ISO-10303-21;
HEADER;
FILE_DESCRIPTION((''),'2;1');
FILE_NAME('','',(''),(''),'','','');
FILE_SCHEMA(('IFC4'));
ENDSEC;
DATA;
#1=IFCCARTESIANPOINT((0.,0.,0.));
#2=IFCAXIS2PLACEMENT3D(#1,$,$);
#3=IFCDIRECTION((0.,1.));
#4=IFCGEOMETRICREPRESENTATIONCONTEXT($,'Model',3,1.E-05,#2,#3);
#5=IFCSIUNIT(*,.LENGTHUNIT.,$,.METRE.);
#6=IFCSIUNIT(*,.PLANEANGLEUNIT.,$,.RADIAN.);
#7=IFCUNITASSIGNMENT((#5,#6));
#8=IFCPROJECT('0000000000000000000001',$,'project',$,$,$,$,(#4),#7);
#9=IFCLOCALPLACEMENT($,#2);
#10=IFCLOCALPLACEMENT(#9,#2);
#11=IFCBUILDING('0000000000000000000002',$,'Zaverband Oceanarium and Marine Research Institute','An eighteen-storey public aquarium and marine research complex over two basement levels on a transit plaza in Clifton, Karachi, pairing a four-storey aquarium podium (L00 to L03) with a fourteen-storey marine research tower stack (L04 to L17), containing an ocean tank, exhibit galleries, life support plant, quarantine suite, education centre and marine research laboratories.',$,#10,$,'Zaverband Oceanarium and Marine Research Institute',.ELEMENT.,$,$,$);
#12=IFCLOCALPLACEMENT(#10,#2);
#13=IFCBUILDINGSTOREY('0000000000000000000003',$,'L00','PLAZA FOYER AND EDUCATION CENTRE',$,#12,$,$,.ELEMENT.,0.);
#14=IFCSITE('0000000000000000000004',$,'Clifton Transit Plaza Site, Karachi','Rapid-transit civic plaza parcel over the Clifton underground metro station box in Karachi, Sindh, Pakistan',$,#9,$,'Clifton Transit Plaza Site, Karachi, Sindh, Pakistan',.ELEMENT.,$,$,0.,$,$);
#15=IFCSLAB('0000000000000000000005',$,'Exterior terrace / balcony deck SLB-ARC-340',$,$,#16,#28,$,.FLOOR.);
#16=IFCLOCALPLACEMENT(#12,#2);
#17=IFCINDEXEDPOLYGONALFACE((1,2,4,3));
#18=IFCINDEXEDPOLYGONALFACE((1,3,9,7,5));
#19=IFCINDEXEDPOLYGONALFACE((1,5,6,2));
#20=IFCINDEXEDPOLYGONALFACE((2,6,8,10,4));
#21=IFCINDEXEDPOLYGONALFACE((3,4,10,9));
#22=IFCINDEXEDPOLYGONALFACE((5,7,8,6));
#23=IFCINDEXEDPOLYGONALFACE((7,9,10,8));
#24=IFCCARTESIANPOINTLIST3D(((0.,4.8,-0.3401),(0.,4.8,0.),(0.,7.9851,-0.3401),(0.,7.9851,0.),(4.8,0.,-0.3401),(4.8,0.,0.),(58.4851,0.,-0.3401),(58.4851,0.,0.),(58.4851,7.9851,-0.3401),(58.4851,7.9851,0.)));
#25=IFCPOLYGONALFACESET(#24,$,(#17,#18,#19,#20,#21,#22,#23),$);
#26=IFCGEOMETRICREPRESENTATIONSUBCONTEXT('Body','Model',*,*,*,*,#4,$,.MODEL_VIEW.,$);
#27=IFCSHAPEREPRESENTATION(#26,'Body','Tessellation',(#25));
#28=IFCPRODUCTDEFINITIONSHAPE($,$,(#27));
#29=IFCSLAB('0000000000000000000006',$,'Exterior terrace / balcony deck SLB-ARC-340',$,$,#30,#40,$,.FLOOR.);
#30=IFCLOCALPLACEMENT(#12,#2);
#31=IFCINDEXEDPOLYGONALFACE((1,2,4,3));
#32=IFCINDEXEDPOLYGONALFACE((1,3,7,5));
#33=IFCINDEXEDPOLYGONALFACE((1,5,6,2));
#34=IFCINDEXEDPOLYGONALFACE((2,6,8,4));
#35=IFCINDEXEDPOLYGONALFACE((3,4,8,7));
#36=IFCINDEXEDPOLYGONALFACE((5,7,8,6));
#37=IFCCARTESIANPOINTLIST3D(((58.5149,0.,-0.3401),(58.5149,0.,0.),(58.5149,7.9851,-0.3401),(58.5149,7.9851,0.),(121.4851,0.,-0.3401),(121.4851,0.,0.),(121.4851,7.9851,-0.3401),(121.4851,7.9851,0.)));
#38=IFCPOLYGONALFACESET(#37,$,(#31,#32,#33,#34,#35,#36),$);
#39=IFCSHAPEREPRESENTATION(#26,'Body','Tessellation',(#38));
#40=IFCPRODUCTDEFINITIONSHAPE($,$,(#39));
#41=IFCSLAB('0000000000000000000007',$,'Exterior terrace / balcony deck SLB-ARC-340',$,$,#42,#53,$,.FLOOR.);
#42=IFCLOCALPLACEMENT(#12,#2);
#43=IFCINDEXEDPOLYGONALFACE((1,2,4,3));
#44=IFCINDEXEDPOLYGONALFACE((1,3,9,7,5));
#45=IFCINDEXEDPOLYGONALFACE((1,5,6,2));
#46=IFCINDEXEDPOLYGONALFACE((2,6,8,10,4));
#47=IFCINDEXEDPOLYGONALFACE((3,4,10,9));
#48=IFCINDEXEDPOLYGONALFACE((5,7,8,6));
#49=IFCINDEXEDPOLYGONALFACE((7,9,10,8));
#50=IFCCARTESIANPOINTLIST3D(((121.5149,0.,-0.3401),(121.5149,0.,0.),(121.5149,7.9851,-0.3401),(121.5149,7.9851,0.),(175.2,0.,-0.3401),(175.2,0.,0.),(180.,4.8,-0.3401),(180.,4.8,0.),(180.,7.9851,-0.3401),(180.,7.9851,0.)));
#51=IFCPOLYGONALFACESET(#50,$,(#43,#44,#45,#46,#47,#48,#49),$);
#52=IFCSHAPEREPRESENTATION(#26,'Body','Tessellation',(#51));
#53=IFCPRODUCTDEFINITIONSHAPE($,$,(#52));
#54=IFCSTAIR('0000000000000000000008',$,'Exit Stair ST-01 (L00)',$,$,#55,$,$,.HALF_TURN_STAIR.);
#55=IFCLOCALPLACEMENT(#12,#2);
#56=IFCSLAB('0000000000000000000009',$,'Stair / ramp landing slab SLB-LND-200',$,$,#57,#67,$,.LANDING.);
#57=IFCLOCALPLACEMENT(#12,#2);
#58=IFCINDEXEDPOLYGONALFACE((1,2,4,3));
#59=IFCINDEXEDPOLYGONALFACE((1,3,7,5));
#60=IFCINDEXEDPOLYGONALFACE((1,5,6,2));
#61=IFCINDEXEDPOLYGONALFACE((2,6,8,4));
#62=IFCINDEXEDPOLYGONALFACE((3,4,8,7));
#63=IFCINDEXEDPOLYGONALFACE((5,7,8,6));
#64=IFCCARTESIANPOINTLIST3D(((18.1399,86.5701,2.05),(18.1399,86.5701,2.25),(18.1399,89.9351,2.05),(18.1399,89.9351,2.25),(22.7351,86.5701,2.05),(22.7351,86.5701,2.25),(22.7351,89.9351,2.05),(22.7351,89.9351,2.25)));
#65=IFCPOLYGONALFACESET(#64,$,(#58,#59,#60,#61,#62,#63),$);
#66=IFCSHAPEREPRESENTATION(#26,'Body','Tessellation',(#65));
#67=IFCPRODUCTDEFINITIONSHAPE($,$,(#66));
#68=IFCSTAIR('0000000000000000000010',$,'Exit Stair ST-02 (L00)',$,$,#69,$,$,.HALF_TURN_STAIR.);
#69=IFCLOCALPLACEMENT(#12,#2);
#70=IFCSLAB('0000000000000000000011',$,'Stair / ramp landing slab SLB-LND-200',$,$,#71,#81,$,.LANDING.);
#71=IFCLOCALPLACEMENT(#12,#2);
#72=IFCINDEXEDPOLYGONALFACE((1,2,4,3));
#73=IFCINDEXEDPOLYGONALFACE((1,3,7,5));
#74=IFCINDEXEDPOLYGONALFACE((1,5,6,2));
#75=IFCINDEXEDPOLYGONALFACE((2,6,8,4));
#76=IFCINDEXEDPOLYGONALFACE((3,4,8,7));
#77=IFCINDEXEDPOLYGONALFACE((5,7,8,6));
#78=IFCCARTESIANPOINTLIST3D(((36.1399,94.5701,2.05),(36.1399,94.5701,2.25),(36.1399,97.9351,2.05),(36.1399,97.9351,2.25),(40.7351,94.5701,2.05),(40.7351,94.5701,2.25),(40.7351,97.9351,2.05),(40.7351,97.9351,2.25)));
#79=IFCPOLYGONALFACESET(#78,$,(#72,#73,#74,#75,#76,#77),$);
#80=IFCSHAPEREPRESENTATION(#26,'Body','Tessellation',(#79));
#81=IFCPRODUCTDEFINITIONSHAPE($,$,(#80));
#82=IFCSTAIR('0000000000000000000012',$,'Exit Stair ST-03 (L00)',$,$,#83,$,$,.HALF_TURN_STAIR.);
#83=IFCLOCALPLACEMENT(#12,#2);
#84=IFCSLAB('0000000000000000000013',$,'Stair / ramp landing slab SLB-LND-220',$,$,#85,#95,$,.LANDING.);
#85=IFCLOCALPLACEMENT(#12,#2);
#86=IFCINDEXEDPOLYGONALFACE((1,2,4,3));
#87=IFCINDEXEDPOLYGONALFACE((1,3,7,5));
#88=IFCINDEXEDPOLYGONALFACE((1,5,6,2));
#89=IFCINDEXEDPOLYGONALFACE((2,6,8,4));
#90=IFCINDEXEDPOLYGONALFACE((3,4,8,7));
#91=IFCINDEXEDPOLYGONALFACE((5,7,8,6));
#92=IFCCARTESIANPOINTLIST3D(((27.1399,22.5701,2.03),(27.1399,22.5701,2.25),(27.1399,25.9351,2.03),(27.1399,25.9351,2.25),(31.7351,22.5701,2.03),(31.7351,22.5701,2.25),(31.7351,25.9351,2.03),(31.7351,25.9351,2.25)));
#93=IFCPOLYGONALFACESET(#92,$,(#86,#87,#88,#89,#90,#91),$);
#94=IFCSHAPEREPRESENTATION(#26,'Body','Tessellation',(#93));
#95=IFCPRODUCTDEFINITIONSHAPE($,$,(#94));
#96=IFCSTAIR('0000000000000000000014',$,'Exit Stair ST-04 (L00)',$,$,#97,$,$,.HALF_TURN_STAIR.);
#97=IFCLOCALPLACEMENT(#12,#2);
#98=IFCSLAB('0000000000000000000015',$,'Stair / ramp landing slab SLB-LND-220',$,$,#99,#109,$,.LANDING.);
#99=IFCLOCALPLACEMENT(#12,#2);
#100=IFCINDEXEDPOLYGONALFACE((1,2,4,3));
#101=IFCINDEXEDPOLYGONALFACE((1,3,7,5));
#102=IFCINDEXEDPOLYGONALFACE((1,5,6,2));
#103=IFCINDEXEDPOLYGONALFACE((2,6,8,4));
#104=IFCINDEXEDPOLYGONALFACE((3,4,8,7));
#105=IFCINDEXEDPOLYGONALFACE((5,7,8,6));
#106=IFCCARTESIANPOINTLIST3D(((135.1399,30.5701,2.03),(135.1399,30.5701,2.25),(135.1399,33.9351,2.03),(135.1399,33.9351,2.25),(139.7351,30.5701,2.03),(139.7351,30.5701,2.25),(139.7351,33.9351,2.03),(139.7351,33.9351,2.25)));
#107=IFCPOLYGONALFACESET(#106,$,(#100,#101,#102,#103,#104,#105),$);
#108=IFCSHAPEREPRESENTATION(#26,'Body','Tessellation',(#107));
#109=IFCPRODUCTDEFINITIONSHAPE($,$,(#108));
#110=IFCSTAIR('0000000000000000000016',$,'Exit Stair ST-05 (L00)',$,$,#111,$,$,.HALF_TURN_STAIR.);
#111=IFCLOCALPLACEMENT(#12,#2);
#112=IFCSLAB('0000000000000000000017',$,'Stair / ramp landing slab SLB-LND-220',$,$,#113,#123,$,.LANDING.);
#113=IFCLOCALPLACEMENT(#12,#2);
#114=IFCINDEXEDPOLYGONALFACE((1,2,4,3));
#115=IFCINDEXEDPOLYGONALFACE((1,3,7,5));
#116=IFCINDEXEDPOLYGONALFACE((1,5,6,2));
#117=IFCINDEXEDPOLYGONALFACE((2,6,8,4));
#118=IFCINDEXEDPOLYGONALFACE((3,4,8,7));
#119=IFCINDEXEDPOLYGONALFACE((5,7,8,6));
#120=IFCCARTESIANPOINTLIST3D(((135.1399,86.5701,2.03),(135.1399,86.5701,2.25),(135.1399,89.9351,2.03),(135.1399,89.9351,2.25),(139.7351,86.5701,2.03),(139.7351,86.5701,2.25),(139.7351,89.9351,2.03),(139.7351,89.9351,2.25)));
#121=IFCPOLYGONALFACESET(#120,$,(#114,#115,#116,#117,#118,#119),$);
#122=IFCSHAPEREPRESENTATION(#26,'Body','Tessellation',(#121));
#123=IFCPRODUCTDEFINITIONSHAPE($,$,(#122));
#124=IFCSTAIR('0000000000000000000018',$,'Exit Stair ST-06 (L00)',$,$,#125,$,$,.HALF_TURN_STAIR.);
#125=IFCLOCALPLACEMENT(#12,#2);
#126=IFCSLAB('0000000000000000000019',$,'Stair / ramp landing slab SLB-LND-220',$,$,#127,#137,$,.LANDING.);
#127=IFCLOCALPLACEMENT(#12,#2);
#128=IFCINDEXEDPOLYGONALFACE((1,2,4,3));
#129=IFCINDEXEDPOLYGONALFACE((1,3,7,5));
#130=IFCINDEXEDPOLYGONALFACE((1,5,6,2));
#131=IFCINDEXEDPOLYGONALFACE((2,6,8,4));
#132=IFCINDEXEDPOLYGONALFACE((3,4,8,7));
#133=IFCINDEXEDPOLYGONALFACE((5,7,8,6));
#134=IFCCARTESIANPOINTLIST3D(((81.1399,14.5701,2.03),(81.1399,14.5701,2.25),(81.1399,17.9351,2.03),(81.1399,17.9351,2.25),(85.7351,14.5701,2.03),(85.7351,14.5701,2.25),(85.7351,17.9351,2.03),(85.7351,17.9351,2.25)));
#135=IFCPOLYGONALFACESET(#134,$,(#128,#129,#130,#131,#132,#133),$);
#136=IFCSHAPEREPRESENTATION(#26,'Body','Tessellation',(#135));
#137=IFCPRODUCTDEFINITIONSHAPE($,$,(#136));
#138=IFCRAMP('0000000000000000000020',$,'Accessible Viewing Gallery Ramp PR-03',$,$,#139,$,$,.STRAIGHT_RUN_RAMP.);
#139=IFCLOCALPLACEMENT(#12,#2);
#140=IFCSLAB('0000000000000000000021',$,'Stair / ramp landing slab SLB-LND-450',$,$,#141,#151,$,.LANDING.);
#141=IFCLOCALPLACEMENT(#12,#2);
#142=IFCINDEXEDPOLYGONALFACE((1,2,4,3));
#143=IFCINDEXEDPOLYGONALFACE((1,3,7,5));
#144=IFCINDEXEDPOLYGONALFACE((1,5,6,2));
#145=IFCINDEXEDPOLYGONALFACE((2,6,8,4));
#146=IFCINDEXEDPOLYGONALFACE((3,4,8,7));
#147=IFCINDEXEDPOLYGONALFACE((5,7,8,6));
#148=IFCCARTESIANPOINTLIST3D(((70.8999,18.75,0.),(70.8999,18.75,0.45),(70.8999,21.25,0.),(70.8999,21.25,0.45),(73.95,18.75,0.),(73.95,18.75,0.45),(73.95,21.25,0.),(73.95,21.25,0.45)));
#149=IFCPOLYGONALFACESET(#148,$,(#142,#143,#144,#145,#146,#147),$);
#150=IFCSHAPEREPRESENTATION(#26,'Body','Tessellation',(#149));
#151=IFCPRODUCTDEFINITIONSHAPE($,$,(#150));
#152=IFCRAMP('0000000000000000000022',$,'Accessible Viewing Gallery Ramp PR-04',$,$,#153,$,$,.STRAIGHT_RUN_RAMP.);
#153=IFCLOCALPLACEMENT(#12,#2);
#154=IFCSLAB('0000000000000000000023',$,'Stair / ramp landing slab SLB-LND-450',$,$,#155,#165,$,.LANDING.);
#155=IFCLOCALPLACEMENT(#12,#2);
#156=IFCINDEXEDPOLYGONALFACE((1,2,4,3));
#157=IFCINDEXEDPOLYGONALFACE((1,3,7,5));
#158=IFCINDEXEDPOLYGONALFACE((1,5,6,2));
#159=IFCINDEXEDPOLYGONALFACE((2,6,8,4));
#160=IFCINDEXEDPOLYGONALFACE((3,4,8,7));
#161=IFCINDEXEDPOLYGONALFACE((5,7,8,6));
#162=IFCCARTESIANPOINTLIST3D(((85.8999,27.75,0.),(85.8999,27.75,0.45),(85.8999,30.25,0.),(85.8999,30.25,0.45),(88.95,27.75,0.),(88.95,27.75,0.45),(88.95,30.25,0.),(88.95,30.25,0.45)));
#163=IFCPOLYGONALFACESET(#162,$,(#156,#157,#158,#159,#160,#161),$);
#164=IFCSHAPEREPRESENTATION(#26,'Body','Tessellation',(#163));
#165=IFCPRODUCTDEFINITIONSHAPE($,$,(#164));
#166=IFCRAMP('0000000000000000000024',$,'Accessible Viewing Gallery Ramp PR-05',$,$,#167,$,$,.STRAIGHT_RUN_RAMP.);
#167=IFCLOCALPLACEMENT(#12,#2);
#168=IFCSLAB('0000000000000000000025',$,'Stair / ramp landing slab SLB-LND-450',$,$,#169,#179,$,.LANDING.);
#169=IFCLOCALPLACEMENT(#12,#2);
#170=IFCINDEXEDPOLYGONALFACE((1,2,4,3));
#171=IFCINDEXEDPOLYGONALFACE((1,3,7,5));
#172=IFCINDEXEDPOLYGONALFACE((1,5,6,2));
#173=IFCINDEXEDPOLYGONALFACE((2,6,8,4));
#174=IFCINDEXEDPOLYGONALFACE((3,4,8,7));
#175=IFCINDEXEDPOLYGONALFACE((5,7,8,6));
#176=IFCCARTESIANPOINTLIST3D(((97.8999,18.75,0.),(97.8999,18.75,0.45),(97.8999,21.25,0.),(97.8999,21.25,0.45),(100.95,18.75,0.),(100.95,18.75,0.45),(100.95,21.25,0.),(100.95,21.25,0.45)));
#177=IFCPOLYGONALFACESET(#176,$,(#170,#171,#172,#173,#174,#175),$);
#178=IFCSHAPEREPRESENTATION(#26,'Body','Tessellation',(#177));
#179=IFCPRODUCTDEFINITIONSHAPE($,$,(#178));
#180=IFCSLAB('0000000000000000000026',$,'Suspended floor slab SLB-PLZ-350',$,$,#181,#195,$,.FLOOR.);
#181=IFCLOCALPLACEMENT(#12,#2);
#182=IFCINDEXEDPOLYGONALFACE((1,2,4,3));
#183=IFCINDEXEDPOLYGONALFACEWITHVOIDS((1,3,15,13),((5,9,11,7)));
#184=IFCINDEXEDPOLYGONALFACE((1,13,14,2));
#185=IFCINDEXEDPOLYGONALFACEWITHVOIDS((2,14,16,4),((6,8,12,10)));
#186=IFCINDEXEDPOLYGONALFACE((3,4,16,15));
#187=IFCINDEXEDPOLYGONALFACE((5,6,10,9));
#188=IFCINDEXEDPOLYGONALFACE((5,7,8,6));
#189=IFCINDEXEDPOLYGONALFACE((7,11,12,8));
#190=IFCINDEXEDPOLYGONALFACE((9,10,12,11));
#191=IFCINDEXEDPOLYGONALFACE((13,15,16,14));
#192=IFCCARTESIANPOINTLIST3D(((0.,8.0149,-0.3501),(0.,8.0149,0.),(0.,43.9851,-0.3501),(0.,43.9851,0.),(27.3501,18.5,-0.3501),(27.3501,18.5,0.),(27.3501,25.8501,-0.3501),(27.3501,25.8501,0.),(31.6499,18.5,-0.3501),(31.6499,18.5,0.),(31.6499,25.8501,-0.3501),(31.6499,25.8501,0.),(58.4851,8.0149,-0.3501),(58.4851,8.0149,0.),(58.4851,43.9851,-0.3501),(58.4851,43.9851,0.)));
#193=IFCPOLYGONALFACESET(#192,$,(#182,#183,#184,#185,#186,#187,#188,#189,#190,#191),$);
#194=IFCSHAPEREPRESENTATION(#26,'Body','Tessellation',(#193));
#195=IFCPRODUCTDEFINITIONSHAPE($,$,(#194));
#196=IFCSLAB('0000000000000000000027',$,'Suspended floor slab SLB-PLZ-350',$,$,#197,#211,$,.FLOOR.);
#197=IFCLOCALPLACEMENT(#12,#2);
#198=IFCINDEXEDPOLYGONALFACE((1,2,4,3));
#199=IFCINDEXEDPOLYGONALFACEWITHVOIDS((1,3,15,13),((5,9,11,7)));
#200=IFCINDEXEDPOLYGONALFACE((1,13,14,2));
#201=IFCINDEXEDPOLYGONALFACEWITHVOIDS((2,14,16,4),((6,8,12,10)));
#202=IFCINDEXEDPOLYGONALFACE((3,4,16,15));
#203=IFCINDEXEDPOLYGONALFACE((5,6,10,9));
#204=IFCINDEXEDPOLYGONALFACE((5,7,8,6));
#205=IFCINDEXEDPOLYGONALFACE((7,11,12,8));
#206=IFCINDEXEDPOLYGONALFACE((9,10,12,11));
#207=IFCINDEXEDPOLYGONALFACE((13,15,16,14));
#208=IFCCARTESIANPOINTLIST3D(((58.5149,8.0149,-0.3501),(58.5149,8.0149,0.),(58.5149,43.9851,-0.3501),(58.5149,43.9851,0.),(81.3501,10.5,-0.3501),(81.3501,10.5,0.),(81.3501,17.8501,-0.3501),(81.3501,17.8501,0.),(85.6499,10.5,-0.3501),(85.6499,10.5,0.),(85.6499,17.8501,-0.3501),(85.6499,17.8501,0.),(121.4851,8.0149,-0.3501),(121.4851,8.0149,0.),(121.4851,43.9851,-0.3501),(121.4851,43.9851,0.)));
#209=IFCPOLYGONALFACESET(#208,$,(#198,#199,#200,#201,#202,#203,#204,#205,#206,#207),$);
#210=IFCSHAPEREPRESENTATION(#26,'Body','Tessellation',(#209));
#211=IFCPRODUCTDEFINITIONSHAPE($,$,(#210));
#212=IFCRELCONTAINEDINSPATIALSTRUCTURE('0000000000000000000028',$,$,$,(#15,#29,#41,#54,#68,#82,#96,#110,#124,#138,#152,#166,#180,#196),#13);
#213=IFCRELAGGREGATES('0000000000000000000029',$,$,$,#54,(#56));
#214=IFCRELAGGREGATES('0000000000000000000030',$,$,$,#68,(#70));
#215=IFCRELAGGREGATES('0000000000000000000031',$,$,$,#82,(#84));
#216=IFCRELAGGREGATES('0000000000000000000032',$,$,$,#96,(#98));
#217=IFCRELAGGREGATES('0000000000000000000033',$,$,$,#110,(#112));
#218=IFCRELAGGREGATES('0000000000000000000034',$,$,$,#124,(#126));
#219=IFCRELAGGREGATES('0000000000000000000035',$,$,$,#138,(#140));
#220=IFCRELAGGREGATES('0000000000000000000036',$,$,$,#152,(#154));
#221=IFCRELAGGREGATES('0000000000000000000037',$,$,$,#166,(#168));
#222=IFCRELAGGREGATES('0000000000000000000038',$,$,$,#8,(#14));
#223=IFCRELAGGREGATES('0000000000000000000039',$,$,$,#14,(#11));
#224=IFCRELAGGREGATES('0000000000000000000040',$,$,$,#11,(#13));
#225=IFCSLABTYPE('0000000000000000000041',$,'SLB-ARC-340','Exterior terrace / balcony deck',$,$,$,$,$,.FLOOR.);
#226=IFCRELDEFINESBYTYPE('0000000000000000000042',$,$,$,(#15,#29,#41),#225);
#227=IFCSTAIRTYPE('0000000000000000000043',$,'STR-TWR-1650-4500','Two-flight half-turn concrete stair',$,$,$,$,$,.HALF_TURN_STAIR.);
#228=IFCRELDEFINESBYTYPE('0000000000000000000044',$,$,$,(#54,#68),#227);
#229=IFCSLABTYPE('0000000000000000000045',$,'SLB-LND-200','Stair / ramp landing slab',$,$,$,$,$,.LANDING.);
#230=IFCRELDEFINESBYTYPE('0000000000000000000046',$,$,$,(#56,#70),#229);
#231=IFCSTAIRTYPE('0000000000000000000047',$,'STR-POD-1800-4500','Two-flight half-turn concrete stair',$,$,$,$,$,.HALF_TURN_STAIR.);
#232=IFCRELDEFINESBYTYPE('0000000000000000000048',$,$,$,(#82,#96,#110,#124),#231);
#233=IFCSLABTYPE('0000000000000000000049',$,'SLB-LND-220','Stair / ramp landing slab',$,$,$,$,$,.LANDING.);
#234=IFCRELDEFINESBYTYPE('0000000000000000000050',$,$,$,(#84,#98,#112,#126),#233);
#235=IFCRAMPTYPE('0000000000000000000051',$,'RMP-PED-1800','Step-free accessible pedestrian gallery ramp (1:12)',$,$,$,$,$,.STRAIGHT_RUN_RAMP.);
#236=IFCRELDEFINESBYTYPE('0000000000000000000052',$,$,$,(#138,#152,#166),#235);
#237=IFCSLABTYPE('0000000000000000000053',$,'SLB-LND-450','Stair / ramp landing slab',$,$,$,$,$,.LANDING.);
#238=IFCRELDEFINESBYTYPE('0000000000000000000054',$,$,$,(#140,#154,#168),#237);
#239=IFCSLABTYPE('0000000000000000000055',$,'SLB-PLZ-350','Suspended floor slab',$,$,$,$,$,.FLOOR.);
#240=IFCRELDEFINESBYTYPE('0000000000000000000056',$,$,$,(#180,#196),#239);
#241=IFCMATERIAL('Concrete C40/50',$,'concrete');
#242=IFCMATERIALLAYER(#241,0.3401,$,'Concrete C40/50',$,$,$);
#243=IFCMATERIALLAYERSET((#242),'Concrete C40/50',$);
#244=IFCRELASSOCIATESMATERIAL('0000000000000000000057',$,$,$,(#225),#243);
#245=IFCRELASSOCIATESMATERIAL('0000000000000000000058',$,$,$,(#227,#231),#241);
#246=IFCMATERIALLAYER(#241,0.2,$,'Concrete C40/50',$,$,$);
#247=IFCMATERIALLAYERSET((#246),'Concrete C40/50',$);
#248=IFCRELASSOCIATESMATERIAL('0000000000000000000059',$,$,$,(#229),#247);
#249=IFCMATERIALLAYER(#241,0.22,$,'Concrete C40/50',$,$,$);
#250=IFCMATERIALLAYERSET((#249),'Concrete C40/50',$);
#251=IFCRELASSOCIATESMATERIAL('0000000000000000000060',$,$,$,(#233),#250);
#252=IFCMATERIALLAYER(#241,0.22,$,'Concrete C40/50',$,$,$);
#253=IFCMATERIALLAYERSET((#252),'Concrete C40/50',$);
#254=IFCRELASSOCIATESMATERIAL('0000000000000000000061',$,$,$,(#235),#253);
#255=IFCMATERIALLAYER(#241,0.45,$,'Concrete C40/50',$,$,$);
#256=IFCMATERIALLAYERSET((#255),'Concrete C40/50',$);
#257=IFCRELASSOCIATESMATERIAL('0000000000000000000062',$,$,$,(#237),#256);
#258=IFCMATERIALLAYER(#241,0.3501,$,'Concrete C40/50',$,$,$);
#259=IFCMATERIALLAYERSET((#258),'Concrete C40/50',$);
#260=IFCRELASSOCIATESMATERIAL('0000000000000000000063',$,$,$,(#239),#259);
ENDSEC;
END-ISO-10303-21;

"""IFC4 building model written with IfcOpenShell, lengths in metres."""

from ifc_helpers import new_model, si_unit, direction, frame, origin, place, context, subcontext, project, spatial, polyline, outline, extrude, material, layer, layer_set, type_object, element, aggregate, save


model = new_model("IFC4")

# Units and contexts
model_context = context("Model", 3, precision=1e-05, world=origin(), true_north=direction((0.0, 1.0)))
body_context = subcontext(model_context, "Body", "Model", "MODEL_VIEW")
ifc_project = project(units=[si_unit("LENGTHUNIT", "METRE"), si_unit("PLANEANGLEUNIT", "RADIAN")], contexts=[model_context])

# Site, building, storey
site_placement = place(None, origin())
site = spatial("IfcSite", under=ifc_project, at=site_placement, Name="Clifton Transit Plaza Site, Karachi", Description="Rapid-transit civic plaza parcel over the Clifton underground metro station box in Karachi, Sindh, Pakistan", LongName="Clifton Transit Plaza Site, Karachi, Sindh, Pakistan", CompositionType="ELEMENT", RefElevation=0.0)
building_placement = place(site_placement, origin())
building = spatial("IfcBuilding", under=site, at=building_placement, Name="Zaverband Oceanarium and Marine Research Institute", Description="An eighteen-storey public aquarium and marine research complex over two basement levels on a transit plaza in Clifton, Karachi, pairing a four-storey aquarium podium (L00 to L03) with a fourteen-storey marine research tower stack (L04 to L17), containing an ocean tank, exhibit galleries, life support plant, quarantine suite, education centre and marine research laboratories.", LongName="Zaverband Oceanarium and Marine Research Institute", CompositionType="ELEMENT")
storey_placement = place(building_placement, origin())
storey = spatial("IfcBuildingStorey", under=building, at=storey_placement, Name="L00", Description="PLAZA FOYER AND EDUCATION CENTRE", CompositionType="ELEMENT", Elevation=0.0)

# Slabs
ifc_material_1 = material(Name="Concrete C40/50", Category="concrete")
ifc_layer_1 = layer(ifc_material_1, 0.3401, Name="Concrete C40/50")
ifc_layer_set_1 = layer_set([ifc_layer_1], Name="Concrete C40/50")
slab_type_1 = type_object("IfcSlabType", Name="SLB-ARC-340", Description="Exterior terrace / balcony deck", PredefinedType="FLOOR", material=ifc_layer_set_1)
slab_1_placement = place(storey_placement, frame((0.0, 0.0, -0.3401)))
element("IfcSlab", 1, at=slab_1_placement, inside=storey, type_object=slab_type_1, Name="Exterior terrace / balcony deck SLB-ARC-340", PredefinedType="FLOOR", context=body_context, shape_type="SweptSolid", body=[
    extrude(outline(polyline([(4.8, 0.0), (58.4851, 0.0), (58.4851, 7.9851), (0.0, 7.9851), (0.0, 4.8), (4.8, 0.0)])), origin(), (0.0, 0.0, 1.0), 0.3401),
])
slab_2_placement = place(storey_placement, frame((0.0, 0.0, -0.3401)))
element("IfcSlab", 2, at=slab_2_placement, inside=storey, type_object=slab_type_1, Name="Exterior terrace / balcony deck SLB-ARC-340", PredefinedType="FLOOR", context=body_context, shape_type="SweptSolid", body=[
    extrude(outline(polyline([(58.5149, 0.0), (121.4851, 0.0), (121.4851, 7.9851), (58.5149, 7.9851), (58.5149, 0.0)])), origin(), (0.0, 0.0, 1.0), 0.3401),
])
slab_3_placement = place(storey_placement, frame((0.0, 0.0, -0.3401)))
element("IfcSlab", 3, at=slab_3_placement, inside=storey, type_object=slab_type_1, Name="Exterior terrace / balcony deck SLB-ARC-340", PredefinedType="FLOOR", context=body_context, shape_type="SweptSolid", body=[
    extrude(outline(polyline([(121.5149, 0.0), (175.2, 0.0), (180.0, 4.8), (180.0, 7.9851), (121.5149, 7.9851), (121.5149, 0.0)])), origin(), (0.0, 0.0, 1.0), 0.3401),
])

# Stairs, slabs
stair_type_1 = type_object("IfcStairType", Name="STR-TWR-1650-4500", Description="Two-flight half-turn concrete stair", PredefinedType="HALF_TURN_STAIR", material=ifc_material_1)
stair_1_placement = place(storey_placement, origin())
stair_1 = element("IfcStair", 4, at=stair_1_placement, inside=storey, type_object=stair_type_1, Name="Exit Stair ST-01 (L00)", PredefinedType="HALF_TURN_STAIR")
ifc_layer_2 = layer(ifc_material_1, 0.2, Name="Concrete C40/50")
ifc_layer_set_2 = layer_set([ifc_layer_2], Name="Concrete C40/50")
slab_type_2 = type_object("IfcSlabType", Name="SLB-LND-200", Description="Stair / ramp landing slab", PredefinedType="LANDING", material=ifc_layer_set_2)
slab_4_placement = place(storey_placement, frame((0.0, 0.0, 2.05)))
slab_4 = element("IfcSlab", 5, at=slab_4_placement, type_object=slab_type_2, Name="Stair / ramp landing slab SLB-LND-200", PredefinedType="LANDING", context=body_context, shape_type="SweptSolid", body=[
    extrude(outline(polyline([(18.1399, 86.5701), (22.7351, 86.5701), (22.7351, 89.9351), (18.1399, 89.9351), (18.1399, 86.5701)])), origin(), (0.0, 0.0, 1.0), 0.2),
])
aggregate(stair_1, [slab_4])
stair_2_placement = place(storey_placement, origin())
stair_2 = element("IfcStair", 6, at=stair_2_placement, inside=storey, type_object=stair_type_1, Name="Exit Stair ST-02 (L00)", PredefinedType="HALF_TURN_STAIR")
slab_5_placement = place(storey_placement, frame((0.0, 0.0, 2.05)))
slab_5 = element("IfcSlab", 7, at=slab_5_placement, type_object=slab_type_2, Name="Stair / ramp landing slab SLB-LND-200", PredefinedType="LANDING", context=body_context, shape_type="SweptSolid", body=[
    extrude(outline(polyline([(36.1399, 94.5701), (40.7351, 94.5701), (40.7351, 97.9351), (36.1399, 97.9351), (36.1399, 94.5701)])), origin(), (0.0, 0.0, 1.0), 0.2),
])
aggregate(stair_2, [slab_5])
stair_type_2 = type_object("IfcStairType", Name="STR-POD-1800-4500", Description="Two-flight half-turn concrete stair", PredefinedType="HALF_TURN_STAIR", material=ifc_material_1)
stair_3_placement = place(storey_placement, origin())
stair_3 = element("IfcStair", 8, at=stair_3_placement, inside=storey, type_object=stair_type_2, Name="Exit Stair ST-03 (L00)", PredefinedType="HALF_TURN_STAIR")
ifc_layer_3 = layer(ifc_material_1, 0.22, Name="Concrete C40/50")
ifc_layer_set_3 = layer_set([ifc_layer_3], Name="Concrete C40/50")
slab_type_3 = type_object("IfcSlabType", Name="SLB-LND-220", Description="Stair / ramp landing slab", PredefinedType="LANDING", material=ifc_layer_set_3)
slab_6_placement = place(storey_placement, frame((0.0, 0.0, 2.03)))
slab_6 = element("IfcSlab", 9, at=slab_6_placement, type_object=slab_type_3, Name="Stair / ramp landing slab SLB-LND-220", PredefinedType="LANDING", context=body_context, shape_type="SweptSolid", body=[
    extrude(outline(polyline([(27.1399, 22.5701), (31.7351, 22.5701), (31.7351, 25.9351), (27.1399, 25.9351), (27.1399, 22.5701)])), origin(), (0.0, 0.0, 1.0), 0.22),
])
aggregate(stair_3, [slab_6])
stair_4_placement = place(storey_placement, origin())
stair_4 = element("IfcStair", 10, at=stair_4_placement, inside=storey, type_object=stair_type_2, Name="Exit Stair ST-04 (L00)", PredefinedType="HALF_TURN_STAIR")
slab_7_placement = place(storey_placement, frame((0.0, 0.0, 2.03)))
slab_7 = element("IfcSlab", 11, at=slab_7_placement, type_object=slab_type_3, Name="Stair / ramp landing slab SLB-LND-220", PredefinedType="LANDING", context=body_context, shape_type="SweptSolid", body=[
    extrude(outline(polyline([(135.1399, 30.5701), (139.7351, 30.5701), (139.7351, 33.9351), (135.1399, 33.9351), (135.1399, 30.5701)])), origin(), (0.0, 0.0, 1.0), 0.22),
])
aggregate(stair_4, [slab_7])
stair_5_placement = place(storey_placement, origin())
stair_5 = element("IfcStair", 12, at=stair_5_placement, inside=storey, type_object=stair_type_2, Name="Exit Stair ST-05 (L00)", PredefinedType="HALF_TURN_STAIR")
slab_8_placement = place(storey_placement, frame((0.0, 0.0, 2.03)))
slab_8 = element("IfcSlab", 13, at=slab_8_placement, type_object=slab_type_3, Name="Stair / ramp landing slab SLB-LND-220", PredefinedType="LANDING", context=body_context, shape_type="SweptSolid", body=[
    extrude(outline(polyline([(135.1399, 86.5701), (139.7351, 86.5701), (139.7351, 89.9351), (135.1399, 89.9351), (135.1399, 86.5701)])), origin(), (0.0, 0.0, 1.0), 0.22),
])
aggregate(stair_5, [slab_8])
stair_6_placement = place(storey_placement, origin())
stair_6 = element("IfcStair", 14, at=stair_6_placement, inside=storey, type_object=stair_type_2, Name="Exit Stair ST-06 (L00)", PredefinedType="HALF_TURN_STAIR")
slab_9_placement = place(storey_placement, frame((0.0, 0.0, 2.03)))
slab_9 = element("IfcSlab", 15, at=slab_9_placement, type_object=slab_type_3, Name="Stair / ramp landing slab SLB-LND-220", PredefinedType="LANDING", context=body_context, shape_type="SweptSolid", body=[
    extrude(outline(polyline([(81.1399, 14.5701), (85.7351, 14.5701), (85.7351, 17.9351), (81.1399, 17.9351), (81.1399, 14.5701)])), origin(), (0.0, 0.0, 1.0), 0.22),
])
aggregate(stair_6, [slab_9])

# Ramps, slabs
ifc_layer_4 = layer(ifc_material_1, 0.22, Name="Concrete C40/50")
ifc_layer_set_4 = layer_set([ifc_layer_4], Name="Concrete C40/50")
ramp_type = type_object("IfcRampType", Name="RMP-PED-1800", Description="Step-free accessible pedestrian gallery ramp (1:12)", PredefinedType="STRAIGHT_RUN_RAMP", material=ifc_layer_set_4)
ramp_1_placement = place(storey_placement, origin())
ramp_1 = element("IfcRamp", 16, at=ramp_1_placement, inside=storey, type_object=ramp_type, Name="Accessible Viewing Gallery Ramp PR-03", PredefinedType="STRAIGHT_RUN_RAMP")
ifc_layer_5 = layer(ifc_material_1, 0.45, Name="Concrete C40/50")
ifc_layer_set_5 = layer_set([ifc_layer_5], Name="Concrete C40/50")
slab_type_4 = type_object("IfcSlabType", Name="SLB-LND-450", Description="Stair / ramp landing slab", PredefinedType="LANDING", material=ifc_layer_set_5)
slab_10_placement = place(storey_placement, origin())
slab_10 = element("IfcSlab", 17, at=slab_10_placement, type_object=slab_type_4, Name="Stair / ramp landing slab SLB-LND-450", PredefinedType="LANDING", context=body_context, shape_type="SweptSolid", body=[
    extrude(outline(polyline([(70.8999, 18.75), (73.95, 18.75), (73.95, 21.25), (70.8999, 21.25), (70.8999, 18.75)])), origin(), (0.0, 0.0, 1.0), 0.45),
])
aggregate(ramp_1, [slab_10])
ramp_2_placement = place(storey_placement, origin())
ramp_2 = element("IfcRamp", 18, at=ramp_2_placement, inside=storey, type_object=ramp_type, Name="Accessible Viewing Gallery Ramp PR-04", PredefinedType="STRAIGHT_RUN_RAMP")
slab_11_placement = place(storey_placement, origin())
slab_11 = element("IfcSlab", 19, at=slab_11_placement, type_object=slab_type_4, Name="Stair / ramp landing slab SLB-LND-450", PredefinedType="LANDING", context=body_context, shape_type="SweptSolid", body=[
    extrude(outline(polyline([(85.8999, 27.75), (88.95, 27.75), (88.95, 30.25), (85.8999, 30.25), (85.8999, 27.75)])), origin(), (0.0, 0.0, 1.0), 0.45),
])
aggregate(ramp_2, [slab_11])
ramp_3_placement = place(storey_placement, origin())
ramp_3 = element("IfcRamp", 20, at=ramp_3_placement, inside=storey, type_object=ramp_type, Name="Accessible Viewing Gallery Ramp PR-05", PredefinedType="STRAIGHT_RUN_RAMP")
slab_12_placement = place(storey_placement, origin())
slab_12 = element("IfcSlab", 21, at=slab_12_placement, type_object=slab_type_4, Name="Stair / ramp landing slab SLB-LND-450", PredefinedType="LANDING", context=body_context, shape_type="SweptSolid", body=[
    extrude(outline(polyline([(97.8999, 18.75), (100.95, 18.75), (100.95, 21.25), (97.8999, 21.25), (97.8999, 18.75)])), origin(), (0.0, 0.0, 1.0), 0.45),
])
aggregate(ramp_3, [slab_12])

# Slabs
ifc_layer_6 = layer(ifc_material_1, 0.3501, Name="Concrete C40/50")
ifc_layer_set_6 = layer_set([ifc_layer_6], Name="Concrete C40/50")
slab_type_5 = type_object("IfcSlabType", Name="SLB-PLZ-350", Description="Suspended floor slab", PredefinedType="FLOOR", material=ifc_layer_set_6)
slab_13_placement = place(storey_placement, frame((0.0, 0.0, -0.3501)))
element("IfcSlab", 22, at=slab_13_placement, inside=storey, type_object=slab_type_5, Name="Suspended floor slab SLB-PLZ-350", PredefinedType="FLOOR", context=body_context, shape_type="SweptSolid", body=[
    extrude(outline(polyline([(0.0, 43.9851), (58.4851, 43.9851), (58.4851, 8.0149), (0.0, 8.0149), (0.0, 43.9851)]), holes=[polyline([(31.6499, 25.8501), (27.3501, 25.8501), (27.3501, 18.5), (31.6499, 18.5), (31.6499, 25.8501)])]), origin(), (0.0, 0.0, 1.0), 0.3501),
])
slab_14_placement = place(storey_placement, frame((0.0, 0.0, -0.3501)))
element("IfcSlab", 23, at=slab_14_placement, inside=storey, type_object=slab_type_5, Name="Suspended floor slab SLB-PLZ-350", PredefinedType="FLOOR", context=body_context, shape_type="SweptSolid", body=[
    extrude(outline(polyline([(58.5149, 43.9851), (121.4851, 43.9851), (121.4851, 8.0149), (58.5149, 8.0149), (58.5149, 43.9851)]), holes=[polyline([(81.3501, 17.8501), (81.3501, 10.5), (85.6499, 10.5), (85.6499, 17.8501), (81.3501, 17.8501)])]), origin(), (0.0, 0.0, 1.0), 0.3501),
])

save(model, "model.ifc")
